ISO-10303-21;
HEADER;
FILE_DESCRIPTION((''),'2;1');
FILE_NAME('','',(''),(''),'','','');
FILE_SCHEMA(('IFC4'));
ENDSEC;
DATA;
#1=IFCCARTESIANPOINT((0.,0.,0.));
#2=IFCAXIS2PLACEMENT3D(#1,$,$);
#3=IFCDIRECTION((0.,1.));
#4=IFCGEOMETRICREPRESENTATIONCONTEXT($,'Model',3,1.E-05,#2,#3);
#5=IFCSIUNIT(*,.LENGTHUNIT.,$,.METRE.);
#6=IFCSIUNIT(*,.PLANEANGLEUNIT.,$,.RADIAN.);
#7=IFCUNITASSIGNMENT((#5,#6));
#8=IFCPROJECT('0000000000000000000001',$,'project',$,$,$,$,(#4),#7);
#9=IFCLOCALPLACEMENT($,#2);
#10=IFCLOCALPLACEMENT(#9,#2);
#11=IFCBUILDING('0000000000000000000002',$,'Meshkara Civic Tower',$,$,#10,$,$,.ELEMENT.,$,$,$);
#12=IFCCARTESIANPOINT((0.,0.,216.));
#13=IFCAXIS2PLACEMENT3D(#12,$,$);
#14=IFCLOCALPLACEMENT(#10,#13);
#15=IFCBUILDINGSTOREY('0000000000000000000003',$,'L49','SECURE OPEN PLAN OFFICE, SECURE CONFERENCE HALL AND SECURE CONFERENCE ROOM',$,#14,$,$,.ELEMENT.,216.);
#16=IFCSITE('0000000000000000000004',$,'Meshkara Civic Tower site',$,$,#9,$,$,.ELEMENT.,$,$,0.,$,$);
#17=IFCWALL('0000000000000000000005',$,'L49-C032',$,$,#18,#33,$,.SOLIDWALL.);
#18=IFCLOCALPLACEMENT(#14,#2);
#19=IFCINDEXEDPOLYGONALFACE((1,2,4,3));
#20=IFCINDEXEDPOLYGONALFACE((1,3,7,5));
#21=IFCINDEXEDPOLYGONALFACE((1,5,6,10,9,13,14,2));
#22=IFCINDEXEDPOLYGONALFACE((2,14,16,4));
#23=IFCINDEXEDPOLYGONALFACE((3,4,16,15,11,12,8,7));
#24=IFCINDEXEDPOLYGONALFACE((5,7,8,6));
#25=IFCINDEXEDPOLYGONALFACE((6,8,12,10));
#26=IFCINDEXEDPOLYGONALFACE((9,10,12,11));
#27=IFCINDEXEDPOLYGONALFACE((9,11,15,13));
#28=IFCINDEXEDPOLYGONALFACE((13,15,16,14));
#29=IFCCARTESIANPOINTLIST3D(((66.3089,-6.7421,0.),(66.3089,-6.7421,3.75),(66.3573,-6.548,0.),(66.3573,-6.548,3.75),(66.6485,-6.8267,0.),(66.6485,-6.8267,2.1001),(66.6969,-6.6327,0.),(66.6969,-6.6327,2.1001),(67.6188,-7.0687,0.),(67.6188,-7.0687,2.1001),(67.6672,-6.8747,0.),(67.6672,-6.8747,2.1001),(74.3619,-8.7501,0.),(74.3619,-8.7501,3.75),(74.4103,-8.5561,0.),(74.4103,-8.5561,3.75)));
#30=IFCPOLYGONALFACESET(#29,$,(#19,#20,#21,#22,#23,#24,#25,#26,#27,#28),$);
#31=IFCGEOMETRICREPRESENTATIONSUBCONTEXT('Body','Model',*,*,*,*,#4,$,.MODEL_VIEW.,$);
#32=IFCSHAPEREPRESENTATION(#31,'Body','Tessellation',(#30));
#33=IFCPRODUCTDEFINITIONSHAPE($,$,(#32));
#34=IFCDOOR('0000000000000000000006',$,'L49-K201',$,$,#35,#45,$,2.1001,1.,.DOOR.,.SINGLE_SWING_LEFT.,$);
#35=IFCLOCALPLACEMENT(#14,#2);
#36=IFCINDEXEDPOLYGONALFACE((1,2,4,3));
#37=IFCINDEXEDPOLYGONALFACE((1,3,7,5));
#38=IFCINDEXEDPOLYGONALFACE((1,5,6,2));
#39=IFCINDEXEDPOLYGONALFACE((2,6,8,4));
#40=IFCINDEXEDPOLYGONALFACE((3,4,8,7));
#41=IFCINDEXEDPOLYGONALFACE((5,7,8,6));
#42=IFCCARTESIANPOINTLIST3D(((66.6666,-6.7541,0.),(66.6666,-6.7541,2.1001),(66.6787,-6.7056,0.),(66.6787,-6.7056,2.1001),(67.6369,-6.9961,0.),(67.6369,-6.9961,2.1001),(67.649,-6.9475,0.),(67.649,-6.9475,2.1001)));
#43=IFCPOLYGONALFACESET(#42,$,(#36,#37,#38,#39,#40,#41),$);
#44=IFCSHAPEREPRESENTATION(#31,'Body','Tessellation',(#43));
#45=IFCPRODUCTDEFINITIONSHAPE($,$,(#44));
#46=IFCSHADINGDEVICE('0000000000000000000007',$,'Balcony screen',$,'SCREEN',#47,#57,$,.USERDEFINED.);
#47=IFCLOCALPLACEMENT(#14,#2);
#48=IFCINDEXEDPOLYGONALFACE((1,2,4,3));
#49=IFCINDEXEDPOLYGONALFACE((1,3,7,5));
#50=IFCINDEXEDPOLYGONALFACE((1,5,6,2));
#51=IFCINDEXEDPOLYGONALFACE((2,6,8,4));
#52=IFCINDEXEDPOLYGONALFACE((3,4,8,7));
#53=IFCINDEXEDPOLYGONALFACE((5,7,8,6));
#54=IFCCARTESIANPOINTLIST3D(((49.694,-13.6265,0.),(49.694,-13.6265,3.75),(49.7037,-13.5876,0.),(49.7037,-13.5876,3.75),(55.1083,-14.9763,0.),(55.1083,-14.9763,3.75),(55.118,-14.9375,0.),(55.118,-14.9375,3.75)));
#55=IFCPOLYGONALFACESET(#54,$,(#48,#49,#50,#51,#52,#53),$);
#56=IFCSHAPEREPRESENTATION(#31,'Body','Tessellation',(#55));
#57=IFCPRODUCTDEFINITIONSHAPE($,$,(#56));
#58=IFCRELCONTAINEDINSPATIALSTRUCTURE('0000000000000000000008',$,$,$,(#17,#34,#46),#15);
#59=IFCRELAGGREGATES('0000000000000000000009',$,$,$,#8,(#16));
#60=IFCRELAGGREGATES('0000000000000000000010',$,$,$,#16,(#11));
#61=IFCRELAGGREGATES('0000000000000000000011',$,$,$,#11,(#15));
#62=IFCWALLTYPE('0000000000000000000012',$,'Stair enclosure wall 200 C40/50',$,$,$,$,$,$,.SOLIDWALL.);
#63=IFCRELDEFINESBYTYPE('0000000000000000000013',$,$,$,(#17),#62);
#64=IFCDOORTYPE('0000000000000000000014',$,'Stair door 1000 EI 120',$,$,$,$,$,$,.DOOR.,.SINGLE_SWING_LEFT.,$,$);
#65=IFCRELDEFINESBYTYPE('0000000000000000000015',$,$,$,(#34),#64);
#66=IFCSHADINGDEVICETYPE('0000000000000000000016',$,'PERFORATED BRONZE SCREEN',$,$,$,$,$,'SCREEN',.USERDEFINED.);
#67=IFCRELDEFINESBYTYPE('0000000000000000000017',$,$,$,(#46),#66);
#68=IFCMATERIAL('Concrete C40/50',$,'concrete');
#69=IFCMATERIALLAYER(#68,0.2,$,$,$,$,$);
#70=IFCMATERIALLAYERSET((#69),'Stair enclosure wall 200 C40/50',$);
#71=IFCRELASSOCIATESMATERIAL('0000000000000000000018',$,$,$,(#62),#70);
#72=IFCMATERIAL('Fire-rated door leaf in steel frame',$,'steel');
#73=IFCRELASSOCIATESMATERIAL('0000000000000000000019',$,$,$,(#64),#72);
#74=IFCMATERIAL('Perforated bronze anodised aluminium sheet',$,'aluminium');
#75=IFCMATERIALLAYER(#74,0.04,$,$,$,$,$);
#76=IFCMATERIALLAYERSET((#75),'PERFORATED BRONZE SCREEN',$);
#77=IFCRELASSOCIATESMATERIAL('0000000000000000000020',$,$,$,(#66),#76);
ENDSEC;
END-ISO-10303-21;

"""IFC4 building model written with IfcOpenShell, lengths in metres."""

from ifc_helpers import new_model, si_unit, direction, frame, frame_2d, origin, origin_2d, place, context, subcontext, project, spatial, rectangle, extrude, material, layer, layer_set, type_object, element, fill, save


model = new_model("IFC4")

# Units and contexts
model_context = context("Model", 3, precision=1e-05, world=origin(), true_north=direction((0.0, 1.0)))
body_context = subcontext(model_context, "Body", "Model", "MODEL_VIEW")
ifc_project = project(units=[si_unit("LENGTHUNIT", "METRE"), si_unit("PLANEANGLEUNIT", "RADIAN")], contexts=[model_context])

# Site, building, storey
site_placement = place(None, origin())
site = spatial("IfcSite", under=ifc_project, at=site_placement, Name="Meshkara Civic Tower site", CompositionType="ELEMENT", RefElevation=0.0)
building_placement = place(site_placement, origin())
building = spatial("IfcBuilding", under=site, at=building_placement, Name="Meshkara Civic Tower", CompositionType="ELEMENT")
storey_placement = place(building_placement, frame((0.0, 0.0, 216.0)))
storey = spatial("IfcBuildingStorey", under=building, at=storey_placement, Name="L49", Description="SECURE OPEN PLAN OFFICE, SECURE CONFERENCE HALL AND SECURE CONFERENCE ROOM", CompositionType="ELEMENT", Elevation=216.0)

# Wall, opening, door
ifc_material_1 = material(Name="Concrete C40/50", Category="concrete")
ifc_layer_1 = layer(ifc_material_1, 0.2)
ifc_layer_set_1 = layer_set([ifc_layer_1], Name="Stair enclosure wall 200 C40/50")
wall_type_1 = type_object("IfcWallType", Name="Stair enclosure wall 200 C40/50", PredefinedType="SOLIDWALL", material=ifc_layer_set_1)
wall_1_placement = place(storey_placement, frame((66.333, -6.645, 0.0), z_axis=(0.0, 0.0, 1.0), x_axis=(0.970289, -0.241947, 0.0)))
wall_1 = element("IfcWall", 1, at=wall_1_placement, inside=storey, type_object=wall_type_1, Name="L49-C032", PredefinedType="SOLIDWALL", context=body_context, shape_type="SweptSolid", body=[
    extrude(rectangle(XDim=8.2996, YDim=0.2, at=frame_2d((4.1499, 0.0))), origin(), (0.0, 0.0, 1.0), 3.75),
])
opening_1_placement = place(wall_1_placement, frame((0.3501, 0.0, 0.0)))
opening_1 = element("IfcOpeningElement", 2, at=opening_1_placement, cuts=wall_1, PredefinedType="OPENING", context=body_context, shape_type="SweptSolid", body=[
    extrude(rectangle(XDim=1.0, YDim=2.1001, at=frame_2d((0.5, 1.05))), frame((0.0, 0.1099, 0.0), z_axis=(0.0, -1.0, 0.0), x_axis=(1.0, 0.0, 0.0)), (0.0, 0.0, 1.0), 0.22),
])
ifc_material_2 = material(Name="Fire-rated door leaf in steel frame", Category="steel")
door_type_1 = type_object("IfcDoorType", Name="Stair door 1000 EI 120", OperationType="SINGLE_SWING_LEFT", PredefinedType="DOOR", material=ifc_material_2)
door_1_placement = place(opening_1_placement, origin())
door_1 = element("IfcDoor", 3, at=door_1_placement, inside=storey, type_object=door_type_1, Name="L49-K201", OperationType="SINGLE_SWING_LEFT", OverallHeight=2.1001, OverallWidth=1.0, PredefinedType="DOOR", context=body_context, shape_type="SweptSolid", body=[
    extrude(rectangle(XDim=1.0, YDim=2.1001, at=frame_2d((0.5, 1.05))), frame((0.0, 0.0249, 0.0), z_axis=(0.0, -1.0, 0.0), x_axis=(1.0, 0.0, 0.0)), (0.0, 0.0, 1.0), 0.05),
])
fill(opening_1, door_1)

# Shading device
ifc_material_3 = material(Name="Perforated bronze anodised aluminium sheet", Category="aluminium")
ifc_layer_2 = layer(ifc_material_3, 0.04)
ifc_layer_set_2 = layer_set([ifc_layer_2], Name="PERFORATED BRONZE SCREEN")
shading_device_type = type_object("IfcShadingDeviceType", Name="PERFORATED BRONZE SCREEN", ElementType="SCREEN", PredefinedType="USERDEFINED", material=ifc_layer_set_2)
shading_device_placement = place(storey_placement, frame((52.406, -14.282, 0.0), z_axis=(0.0, 0.0, 1.0), x_axis=(0.9703, -0.241905, 0.0)))
element("IfcShadingDevice", 4, at=shading_device_placement, inside=storey, type_object=shading_device_type, Name="Balcony screen", ObjectType="SCREEN", PredefinedType="USERDEFINED", context=body_context, shape_type="SweptSolid", body=[
    extrude(rectangle(XDim=5.5801, YDim=0.04, at=origin_2d()), origin(), (0.0, 0.0, 1.0), 3.75),
])

save(model, "model.ifc")
